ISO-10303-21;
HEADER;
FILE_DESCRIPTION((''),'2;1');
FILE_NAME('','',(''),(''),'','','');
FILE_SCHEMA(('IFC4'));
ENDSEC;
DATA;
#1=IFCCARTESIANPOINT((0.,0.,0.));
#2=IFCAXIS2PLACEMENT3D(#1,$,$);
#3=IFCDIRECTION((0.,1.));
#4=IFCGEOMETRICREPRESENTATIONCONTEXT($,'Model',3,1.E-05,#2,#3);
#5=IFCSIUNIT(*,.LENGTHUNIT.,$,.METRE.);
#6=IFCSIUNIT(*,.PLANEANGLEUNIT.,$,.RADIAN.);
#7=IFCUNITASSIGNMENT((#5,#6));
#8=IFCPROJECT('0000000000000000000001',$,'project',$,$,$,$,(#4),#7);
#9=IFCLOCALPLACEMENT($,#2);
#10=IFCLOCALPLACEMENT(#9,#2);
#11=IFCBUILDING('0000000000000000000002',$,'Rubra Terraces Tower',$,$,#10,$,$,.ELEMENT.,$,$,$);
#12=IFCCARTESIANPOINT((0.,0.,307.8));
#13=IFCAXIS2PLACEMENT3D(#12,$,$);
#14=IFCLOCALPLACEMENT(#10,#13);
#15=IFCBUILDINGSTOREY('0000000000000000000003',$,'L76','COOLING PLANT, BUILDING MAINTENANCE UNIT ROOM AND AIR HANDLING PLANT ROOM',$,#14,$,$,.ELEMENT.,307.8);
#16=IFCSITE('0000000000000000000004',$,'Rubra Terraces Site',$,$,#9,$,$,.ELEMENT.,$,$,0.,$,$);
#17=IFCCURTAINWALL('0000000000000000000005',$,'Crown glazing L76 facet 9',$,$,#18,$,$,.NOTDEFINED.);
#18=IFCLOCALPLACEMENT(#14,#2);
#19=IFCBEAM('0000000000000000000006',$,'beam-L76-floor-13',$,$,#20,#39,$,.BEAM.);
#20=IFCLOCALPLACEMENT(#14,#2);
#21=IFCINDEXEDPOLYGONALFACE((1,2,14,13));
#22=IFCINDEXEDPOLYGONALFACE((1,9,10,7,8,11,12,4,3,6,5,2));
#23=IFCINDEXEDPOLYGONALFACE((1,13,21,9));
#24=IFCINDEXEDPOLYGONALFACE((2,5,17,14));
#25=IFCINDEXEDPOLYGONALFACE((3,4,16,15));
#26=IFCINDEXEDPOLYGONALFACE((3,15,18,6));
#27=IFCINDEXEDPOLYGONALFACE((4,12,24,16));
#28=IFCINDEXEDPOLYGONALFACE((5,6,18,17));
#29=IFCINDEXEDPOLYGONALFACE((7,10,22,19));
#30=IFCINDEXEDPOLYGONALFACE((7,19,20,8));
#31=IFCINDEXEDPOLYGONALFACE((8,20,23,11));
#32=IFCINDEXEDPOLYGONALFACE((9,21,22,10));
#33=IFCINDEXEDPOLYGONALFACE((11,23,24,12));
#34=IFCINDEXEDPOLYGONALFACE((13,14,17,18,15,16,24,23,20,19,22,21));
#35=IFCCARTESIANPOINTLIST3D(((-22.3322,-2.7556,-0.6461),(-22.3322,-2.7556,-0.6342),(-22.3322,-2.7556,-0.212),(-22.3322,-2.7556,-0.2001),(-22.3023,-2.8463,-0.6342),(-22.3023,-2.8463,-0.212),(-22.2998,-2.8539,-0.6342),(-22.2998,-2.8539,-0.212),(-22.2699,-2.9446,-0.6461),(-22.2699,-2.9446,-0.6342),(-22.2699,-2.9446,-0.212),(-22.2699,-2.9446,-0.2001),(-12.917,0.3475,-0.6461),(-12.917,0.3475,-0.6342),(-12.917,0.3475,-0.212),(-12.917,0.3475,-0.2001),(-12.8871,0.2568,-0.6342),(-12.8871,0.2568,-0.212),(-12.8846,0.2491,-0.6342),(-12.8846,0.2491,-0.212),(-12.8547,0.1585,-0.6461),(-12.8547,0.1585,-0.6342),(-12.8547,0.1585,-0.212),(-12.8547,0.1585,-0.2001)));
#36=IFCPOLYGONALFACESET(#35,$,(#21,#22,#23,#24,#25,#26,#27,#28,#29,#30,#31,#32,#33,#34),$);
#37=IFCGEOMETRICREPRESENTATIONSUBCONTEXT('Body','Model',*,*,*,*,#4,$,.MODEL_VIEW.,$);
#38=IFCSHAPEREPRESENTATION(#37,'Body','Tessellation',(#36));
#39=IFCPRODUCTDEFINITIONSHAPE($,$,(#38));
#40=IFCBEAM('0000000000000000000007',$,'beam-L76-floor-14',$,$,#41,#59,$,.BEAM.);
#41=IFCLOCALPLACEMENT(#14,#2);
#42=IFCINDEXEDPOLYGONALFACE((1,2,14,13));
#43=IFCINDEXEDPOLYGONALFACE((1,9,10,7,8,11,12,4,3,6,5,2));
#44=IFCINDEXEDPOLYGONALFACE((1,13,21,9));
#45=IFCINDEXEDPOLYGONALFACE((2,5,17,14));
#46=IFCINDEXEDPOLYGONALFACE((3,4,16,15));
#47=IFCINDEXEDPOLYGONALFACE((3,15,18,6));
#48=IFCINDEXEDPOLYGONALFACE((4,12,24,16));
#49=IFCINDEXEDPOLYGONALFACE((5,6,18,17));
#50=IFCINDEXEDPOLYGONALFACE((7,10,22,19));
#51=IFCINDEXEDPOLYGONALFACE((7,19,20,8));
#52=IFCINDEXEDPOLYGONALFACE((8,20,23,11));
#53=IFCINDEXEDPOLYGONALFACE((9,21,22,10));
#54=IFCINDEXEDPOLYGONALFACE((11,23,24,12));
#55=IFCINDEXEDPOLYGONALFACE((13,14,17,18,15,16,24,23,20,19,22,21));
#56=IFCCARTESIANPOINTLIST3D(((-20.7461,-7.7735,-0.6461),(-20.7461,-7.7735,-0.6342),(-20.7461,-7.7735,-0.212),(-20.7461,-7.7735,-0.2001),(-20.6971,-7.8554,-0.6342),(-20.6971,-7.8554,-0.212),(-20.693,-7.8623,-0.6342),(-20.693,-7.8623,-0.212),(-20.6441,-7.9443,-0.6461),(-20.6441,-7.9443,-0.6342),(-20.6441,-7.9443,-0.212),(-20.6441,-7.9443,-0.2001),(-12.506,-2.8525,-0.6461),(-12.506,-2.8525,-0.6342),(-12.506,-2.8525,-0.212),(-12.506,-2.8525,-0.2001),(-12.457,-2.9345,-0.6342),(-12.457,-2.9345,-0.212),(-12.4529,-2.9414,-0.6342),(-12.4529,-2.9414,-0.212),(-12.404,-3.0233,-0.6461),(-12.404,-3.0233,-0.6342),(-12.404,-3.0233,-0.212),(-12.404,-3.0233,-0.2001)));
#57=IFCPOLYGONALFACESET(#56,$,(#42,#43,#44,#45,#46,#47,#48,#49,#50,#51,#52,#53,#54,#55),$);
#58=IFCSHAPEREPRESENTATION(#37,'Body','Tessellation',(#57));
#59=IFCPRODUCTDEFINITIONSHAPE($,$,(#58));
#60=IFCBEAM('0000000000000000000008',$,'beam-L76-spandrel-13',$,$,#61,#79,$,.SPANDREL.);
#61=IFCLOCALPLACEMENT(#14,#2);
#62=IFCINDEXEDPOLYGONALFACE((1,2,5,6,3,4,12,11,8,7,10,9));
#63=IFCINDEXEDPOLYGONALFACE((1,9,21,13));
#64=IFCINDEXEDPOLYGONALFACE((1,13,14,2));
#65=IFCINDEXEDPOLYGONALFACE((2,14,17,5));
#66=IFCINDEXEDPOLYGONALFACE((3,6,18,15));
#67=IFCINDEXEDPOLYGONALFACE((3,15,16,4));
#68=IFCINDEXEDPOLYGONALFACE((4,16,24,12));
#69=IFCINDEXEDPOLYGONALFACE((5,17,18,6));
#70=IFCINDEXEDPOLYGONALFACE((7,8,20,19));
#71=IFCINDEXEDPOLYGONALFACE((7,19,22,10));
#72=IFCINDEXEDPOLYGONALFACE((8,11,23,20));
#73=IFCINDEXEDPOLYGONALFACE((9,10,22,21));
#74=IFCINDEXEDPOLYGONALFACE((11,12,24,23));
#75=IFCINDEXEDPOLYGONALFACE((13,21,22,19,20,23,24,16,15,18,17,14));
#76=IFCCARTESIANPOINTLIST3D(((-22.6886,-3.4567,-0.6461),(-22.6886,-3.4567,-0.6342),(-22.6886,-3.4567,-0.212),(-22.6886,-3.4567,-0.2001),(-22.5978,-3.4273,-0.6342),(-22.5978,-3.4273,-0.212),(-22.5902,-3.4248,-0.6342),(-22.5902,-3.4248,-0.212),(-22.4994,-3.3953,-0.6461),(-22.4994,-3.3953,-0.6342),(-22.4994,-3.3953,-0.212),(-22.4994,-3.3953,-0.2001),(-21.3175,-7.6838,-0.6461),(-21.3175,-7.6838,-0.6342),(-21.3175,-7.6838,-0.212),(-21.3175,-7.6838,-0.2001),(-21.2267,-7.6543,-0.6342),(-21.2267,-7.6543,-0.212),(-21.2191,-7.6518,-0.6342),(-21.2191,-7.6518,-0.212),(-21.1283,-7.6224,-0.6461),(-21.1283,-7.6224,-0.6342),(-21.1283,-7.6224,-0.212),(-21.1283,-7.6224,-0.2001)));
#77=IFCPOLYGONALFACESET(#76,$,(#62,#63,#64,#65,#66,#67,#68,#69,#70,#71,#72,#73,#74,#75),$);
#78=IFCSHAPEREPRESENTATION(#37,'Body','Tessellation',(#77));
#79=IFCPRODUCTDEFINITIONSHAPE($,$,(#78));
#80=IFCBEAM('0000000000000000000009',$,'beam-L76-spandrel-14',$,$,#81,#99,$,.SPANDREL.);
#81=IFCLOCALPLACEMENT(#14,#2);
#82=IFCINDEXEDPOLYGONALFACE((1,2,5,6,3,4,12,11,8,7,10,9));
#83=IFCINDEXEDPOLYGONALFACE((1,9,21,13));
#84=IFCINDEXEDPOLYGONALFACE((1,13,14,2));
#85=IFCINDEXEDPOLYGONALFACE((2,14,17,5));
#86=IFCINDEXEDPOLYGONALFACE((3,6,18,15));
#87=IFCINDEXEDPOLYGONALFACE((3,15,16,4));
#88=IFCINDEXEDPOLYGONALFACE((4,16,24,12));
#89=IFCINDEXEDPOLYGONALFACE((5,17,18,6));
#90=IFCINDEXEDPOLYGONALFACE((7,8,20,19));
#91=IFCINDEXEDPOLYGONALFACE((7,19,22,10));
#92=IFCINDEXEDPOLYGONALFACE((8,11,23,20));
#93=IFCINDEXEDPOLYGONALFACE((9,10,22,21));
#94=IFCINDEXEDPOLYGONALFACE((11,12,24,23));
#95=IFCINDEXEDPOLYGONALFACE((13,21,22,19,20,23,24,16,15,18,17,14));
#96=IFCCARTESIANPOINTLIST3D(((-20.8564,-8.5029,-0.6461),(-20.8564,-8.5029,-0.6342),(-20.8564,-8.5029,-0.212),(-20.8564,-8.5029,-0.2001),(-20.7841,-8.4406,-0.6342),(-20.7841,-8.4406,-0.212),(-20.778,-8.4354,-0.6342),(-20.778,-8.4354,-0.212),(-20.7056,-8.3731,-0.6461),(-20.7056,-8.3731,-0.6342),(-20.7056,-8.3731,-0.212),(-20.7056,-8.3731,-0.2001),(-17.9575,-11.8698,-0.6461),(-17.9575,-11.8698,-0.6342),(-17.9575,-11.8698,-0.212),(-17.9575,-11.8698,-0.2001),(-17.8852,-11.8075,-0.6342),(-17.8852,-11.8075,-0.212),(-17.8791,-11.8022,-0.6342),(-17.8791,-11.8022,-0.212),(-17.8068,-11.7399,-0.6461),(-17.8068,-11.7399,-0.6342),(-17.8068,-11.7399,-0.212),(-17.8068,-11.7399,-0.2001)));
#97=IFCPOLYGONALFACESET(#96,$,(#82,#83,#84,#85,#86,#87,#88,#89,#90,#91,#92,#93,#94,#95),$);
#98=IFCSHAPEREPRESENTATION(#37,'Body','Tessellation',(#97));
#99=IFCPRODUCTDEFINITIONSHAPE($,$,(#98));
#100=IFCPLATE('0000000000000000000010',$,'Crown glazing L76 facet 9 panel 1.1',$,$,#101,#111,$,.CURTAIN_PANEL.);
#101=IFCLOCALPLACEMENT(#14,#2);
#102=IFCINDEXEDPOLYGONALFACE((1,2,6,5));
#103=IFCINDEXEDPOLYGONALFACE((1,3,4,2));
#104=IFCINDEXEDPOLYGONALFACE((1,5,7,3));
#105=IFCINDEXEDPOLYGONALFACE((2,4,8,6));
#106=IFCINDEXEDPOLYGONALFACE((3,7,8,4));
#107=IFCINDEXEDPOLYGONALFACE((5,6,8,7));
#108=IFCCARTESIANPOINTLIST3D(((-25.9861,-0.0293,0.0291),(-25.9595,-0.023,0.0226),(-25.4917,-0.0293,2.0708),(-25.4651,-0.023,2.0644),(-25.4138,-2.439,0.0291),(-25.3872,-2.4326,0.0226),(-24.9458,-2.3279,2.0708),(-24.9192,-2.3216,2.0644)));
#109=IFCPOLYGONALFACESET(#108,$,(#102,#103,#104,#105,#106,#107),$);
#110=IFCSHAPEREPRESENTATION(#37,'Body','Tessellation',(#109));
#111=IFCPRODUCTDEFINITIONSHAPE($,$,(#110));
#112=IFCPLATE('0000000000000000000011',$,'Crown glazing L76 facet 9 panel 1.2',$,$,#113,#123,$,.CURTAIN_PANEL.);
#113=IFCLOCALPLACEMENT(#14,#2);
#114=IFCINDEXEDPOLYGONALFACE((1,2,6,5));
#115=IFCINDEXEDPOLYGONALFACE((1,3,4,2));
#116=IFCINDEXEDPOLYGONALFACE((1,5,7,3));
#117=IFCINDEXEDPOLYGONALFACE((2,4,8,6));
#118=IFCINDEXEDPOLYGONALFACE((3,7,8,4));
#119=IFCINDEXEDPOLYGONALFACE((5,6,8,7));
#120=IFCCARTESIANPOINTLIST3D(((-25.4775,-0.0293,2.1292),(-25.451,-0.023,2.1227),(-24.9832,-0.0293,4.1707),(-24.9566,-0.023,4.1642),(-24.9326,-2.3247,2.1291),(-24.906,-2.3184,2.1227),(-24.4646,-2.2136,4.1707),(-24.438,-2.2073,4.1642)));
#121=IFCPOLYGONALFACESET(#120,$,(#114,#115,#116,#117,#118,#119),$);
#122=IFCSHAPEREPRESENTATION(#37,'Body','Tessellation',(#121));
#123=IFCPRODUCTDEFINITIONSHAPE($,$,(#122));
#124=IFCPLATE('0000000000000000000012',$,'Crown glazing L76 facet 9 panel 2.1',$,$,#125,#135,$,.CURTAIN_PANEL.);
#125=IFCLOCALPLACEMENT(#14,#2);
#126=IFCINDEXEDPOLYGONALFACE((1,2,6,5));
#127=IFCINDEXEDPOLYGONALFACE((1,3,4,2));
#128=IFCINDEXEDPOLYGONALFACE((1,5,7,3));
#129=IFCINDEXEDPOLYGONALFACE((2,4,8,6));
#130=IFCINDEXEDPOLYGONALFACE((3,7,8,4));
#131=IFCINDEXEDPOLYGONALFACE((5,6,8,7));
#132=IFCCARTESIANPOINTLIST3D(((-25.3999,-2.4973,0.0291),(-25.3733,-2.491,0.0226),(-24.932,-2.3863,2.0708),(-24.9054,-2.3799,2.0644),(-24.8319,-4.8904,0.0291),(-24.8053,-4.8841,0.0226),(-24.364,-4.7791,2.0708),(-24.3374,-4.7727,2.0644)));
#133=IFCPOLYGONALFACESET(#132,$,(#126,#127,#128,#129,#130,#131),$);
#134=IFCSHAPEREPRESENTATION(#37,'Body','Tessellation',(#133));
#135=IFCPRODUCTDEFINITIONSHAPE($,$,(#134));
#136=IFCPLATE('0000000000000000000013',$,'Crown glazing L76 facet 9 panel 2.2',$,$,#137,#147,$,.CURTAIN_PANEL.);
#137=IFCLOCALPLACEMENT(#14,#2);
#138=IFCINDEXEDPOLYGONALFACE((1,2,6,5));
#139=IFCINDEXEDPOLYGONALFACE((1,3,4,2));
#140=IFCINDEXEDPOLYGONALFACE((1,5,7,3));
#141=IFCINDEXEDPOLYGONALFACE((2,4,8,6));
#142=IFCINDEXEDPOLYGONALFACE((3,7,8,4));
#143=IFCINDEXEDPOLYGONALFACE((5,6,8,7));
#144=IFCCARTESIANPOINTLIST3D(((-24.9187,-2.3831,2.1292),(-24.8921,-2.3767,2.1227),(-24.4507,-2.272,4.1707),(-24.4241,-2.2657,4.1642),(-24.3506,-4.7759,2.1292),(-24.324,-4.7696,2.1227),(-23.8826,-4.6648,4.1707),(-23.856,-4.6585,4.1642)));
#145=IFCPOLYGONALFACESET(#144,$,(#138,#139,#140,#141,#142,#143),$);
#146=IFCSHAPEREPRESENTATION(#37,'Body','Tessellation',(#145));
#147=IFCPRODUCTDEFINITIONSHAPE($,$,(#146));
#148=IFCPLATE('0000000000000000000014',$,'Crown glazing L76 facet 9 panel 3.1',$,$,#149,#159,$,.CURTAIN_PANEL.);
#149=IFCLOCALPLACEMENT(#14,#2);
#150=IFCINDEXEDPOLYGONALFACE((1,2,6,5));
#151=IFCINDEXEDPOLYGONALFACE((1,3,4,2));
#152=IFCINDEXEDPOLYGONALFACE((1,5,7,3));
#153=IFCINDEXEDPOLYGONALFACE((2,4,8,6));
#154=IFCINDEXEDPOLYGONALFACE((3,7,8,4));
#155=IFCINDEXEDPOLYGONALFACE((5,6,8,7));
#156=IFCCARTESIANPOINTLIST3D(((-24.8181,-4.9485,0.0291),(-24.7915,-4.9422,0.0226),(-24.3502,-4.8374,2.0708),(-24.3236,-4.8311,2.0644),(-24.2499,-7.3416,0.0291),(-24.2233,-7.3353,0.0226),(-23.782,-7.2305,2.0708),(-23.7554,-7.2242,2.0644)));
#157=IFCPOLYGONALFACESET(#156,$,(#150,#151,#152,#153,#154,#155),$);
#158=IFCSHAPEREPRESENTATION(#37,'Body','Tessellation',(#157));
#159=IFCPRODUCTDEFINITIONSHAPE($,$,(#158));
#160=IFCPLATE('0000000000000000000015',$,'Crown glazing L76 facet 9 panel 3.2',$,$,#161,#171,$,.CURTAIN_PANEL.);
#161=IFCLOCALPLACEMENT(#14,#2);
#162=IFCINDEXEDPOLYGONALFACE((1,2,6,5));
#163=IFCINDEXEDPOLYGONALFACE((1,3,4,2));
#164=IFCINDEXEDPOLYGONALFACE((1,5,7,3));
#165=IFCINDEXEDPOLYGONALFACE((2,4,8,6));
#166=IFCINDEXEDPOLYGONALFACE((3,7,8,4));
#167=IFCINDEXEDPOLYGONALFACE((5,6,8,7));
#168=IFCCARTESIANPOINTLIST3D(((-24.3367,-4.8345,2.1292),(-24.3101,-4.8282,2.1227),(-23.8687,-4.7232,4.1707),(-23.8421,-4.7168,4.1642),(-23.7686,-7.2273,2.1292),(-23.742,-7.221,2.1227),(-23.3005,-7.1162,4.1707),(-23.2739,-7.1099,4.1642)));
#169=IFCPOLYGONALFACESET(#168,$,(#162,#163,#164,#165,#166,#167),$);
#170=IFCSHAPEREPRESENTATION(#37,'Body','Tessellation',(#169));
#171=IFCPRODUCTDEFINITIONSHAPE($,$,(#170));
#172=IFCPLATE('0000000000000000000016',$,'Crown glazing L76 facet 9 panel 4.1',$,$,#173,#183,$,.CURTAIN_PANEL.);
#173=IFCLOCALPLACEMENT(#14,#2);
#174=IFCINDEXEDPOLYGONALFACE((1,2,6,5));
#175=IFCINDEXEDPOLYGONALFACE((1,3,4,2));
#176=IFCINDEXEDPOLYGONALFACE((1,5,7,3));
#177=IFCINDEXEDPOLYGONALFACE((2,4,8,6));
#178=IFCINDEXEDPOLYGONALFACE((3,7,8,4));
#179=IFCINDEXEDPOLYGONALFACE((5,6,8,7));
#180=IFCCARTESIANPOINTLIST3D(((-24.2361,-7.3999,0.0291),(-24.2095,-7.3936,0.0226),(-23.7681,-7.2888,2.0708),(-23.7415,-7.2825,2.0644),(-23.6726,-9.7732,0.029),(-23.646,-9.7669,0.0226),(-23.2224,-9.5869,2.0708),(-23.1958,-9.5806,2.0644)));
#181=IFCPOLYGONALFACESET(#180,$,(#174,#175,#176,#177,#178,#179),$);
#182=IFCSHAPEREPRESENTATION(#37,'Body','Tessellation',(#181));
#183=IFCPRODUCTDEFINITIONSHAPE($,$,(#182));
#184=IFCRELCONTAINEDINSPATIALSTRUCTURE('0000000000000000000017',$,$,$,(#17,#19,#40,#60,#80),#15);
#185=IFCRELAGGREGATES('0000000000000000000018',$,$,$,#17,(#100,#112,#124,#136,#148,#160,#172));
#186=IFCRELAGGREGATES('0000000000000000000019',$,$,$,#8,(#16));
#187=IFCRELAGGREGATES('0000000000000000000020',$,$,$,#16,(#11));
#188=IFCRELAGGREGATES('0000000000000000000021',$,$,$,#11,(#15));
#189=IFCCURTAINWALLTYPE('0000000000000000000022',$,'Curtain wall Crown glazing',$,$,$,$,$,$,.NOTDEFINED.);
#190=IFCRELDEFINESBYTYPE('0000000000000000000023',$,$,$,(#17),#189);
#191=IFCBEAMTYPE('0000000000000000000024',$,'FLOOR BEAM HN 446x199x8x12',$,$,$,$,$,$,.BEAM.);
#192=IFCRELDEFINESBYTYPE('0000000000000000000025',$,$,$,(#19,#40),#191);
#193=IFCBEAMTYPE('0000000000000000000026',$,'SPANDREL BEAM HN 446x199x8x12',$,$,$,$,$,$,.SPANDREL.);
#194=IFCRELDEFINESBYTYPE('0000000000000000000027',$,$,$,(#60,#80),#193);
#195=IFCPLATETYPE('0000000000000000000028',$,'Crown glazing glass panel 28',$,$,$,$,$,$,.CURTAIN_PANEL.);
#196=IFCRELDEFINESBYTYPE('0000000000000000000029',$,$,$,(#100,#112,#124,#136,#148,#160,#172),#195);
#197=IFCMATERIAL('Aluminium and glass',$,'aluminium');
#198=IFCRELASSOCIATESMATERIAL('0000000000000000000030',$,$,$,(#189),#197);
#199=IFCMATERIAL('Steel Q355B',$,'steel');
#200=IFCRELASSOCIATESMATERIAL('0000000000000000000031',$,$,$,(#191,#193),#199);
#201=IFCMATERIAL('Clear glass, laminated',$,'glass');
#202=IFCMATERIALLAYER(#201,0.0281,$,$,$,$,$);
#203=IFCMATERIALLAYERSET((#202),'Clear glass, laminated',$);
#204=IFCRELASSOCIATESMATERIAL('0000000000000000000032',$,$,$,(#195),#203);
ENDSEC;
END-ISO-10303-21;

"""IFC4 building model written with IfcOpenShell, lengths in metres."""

from ifc_helpers import new_model, si_unit, direction, frame, origin, origin_2d, place, context, subcontext, project, spatial, polyline, i_section, outline, extrude, material, layer, layer_set, material_profile, profile_set, type_object, element, aggregate, save


model = new_model("IFC4")

# Units and contexts
model_context = context("Model", 3, precision=1e-05, world=origin(), true_north=direction((0.0, 1.0)))
body_context = subcontext(model_context, "Body", "Model", "MODEL_VIEW")
ifc_project = project(units=[si_unit("LENGTHUNIT", "METRE"), si_unit("PLANEANGLEUNIT", "RADIAN")], contexts=[model_context])

# Site, building, storey
site_placement = place(None, origin())
site = spatial("IfcSite", under=ifc_project, at=site_placement, Name="Rubra Terraces Site", CompositionType="ELEMENT", RefElevation=0.0)
building_placement = place(site_placement, origin())
building = spatial("IfcBuilding", under=site, at=building_placement, Name="Rubra Terraces Tower", CompositionType="ELEMENT")
storey_placement = place(building_placement, frame((0.0, 0.0, 307.8)))
storey = spatial("IfcBuildingStorey", under=building, at=storey_placement, Name="L76", Description="COOLING PLANT, BUILDING MAINTENANCE UNIT ROOM AND AIR HANDLING PLANT ROOM", CompositionType="ELEMENT", Elevation=307.8)

# Shared definitions
ifc_material_1 = material(Name="Steel Q355B", Category="steel")

# Curtain wall
ifc_material_2 = material(Name="Aluminium and glass", Category="aluminium")
curtain_wall_type = type_object("IfcCurtainWallType", Name="Curtain wall Crown glazing", PredefinedType="NOTDEFINED", material=ifc_material_2)
curtain_wall_placement = place(storey_placement, origin())
curtain_wall = element("IfcCurtainWall", 1, at=curtain_wall_placement, inside=storey, type_object=curtain_wall_type, Name="Crown glazing L76 facet 9", PredefinedType="NOTDEFINED")

# Beams
ifc_material_profile_1 = material_profile(ifc_material_1, i_section(OverallWidth=0.199, OverallDepth=0.446, WebThickness=0.0081, FlangeThickness=0.012, at=origin_2d()), Name="HN 446x199x8x12")
ifc_profile_set_1 = profile_set([ifc_material_profile_1], Name="Steel Q355B")
beam_type_1 = type_object("IfcBeamType", Name="FLOOR BEAM HN 446x199x8x12", PredefinedType="BEAM", material=ifc_profile_set_1)
beam_1_placement = place(storey_placement, frame((-22.301, -2.8501, -0.4231), z_axis=(0.949747, 0.313019, 0.0), x_axis=(-0.313019, 0.949747, 0.0)))
element("IfcBeam", 2, at=beam_1_placement, inside=storey, type_object=beam_type_1, Name="beam-L76-floor-13", PredefinedType="BEAM", context=body_context, shape_type="SweptSolid", body=[
    extrude(i_section(OverallWidth=0.199, OverallDepth=0.446, WebThickness=0.0081, FlangeThickness=0.012, at=origin_2d()), origin(), (0.0, 0.0, 1.0), 9.9133),
])
beam_2_placement = place(storey_placement, frame((-20.6951, -7.8589, -0.4231), z_axis=(0.858553, 0.512725, 0.0), x_axis=(-0.512725, 0.858553, 0.0)))
element("IfcBeam", 3, at=beam_2_placement, inside=storey, type_object=beam_type_1, Name="beam-L76-floor-14", PredefinedType="BEAM", context=body_context, shape_type="SweptSolid", body=[
    extrude(i_section(OverallWidth=0.199, OverallDepth=0.446, WebThickness=0.0081, FlangeThickness=0.012, at=origin_2d()), origin(), (0.0, 0.0, 1.0), 9.5977),
])
ifc_material_profile_2 = material_profile(ifc_material_1, i_section(OverallWidth=0.199, OverallDepth=0.446, WebThickness=0.0081, FlangeThickness=0.012, at=origin_2d()), Name="HN 446x199x8x12")
ifc_profile_set_2 = profile_set([ifc_material_profile_2], Name="Steel Q355B")
beam_type_2 = type_object("IfcBeamType", Name="SPANDREL BEAM HN 446x199x8x12", PredefinedType="SPANDREL", material=ifc_profile_set_2)
beam_3_placement = place(storey_placement, frame((-22.594, -3.426, -0.4231), z_axis=(0.308537, -0.951212, 0.0), x_axis=(0.951212, 0.308537, 0.0)))
element("IfcBeam", 4, at=beam_3_placement, inside=storey, type_object=beam_type_2, Name="beam-L76-spandrel-13", PredefinedType="SPANDREL", context=body_context, shape_type="SweptSolid", body=[
    extrude(i_section(OverallWidth=0.199, OverallDepth=0.446, WebThickness=0.0081, FlangeThickness=0.012, at=origin_2d()), origin(), (0.0, 0.0, 1.0), 4.4438),
])
beam_4_placement = place(storey_placement, frame((-20.781, -8.438, -0.4231), z_axis=(0.652473, -0.757812, 0.0), x_axis=(0.757812, 0.652473, 0.0)))
element("IfcBeam", 5, at=beam_4_placement, inside=storey, type_object=beam_type_2, Name="beam-L76-spandrel-14", PredefinedType="SPANDREL", context=body_context, shape_type="SweptSolid", body=[
    extrude(i_section(OverallWidth=0.199, OverallDepth=0.446, WebThickness=0.0081, FlangeThickness=0.012, at=origin_2d()), origin(), (0.0, 0.0, 1.0), 4.4429),
])

# Plates
ifc_material_3 = material(Name="Clear glass, laminated", Category="glass")
ifc_layer_1 = layer(ifc_material_3, 0.0281)
ifc_layer_set_1 = layer_set([ifc_layer_1], Name="Clear glass, laminated")
plate_type = type_object("IfcPlateType", Name="Crown glazing glass panel 28", PredefinedType="CURTAIN_PANEL", material=ifc_layer_set_1)
plate_1_placement = place(storey_placement, frame((-25.9861, -0.0293, 0.0291), z_axis=(-0.947013, -0.224906, 0.229311), x_axis=(0.231063, -0.972939, -0.000001)))
plate_1 = element("IfcPlate", 6, at=plate_1_placement, type_object=plate_type, Name="Crown glazing L76 facet 9 panel 1.1", PredefinedType="CURTAIN_PANEL", context=body_context, shape_type="SweptSolid", body=[
    extrude(outline(polyline([(0.0, 0.0), (2.4767, 0.0), (2.4768, 2.0976), (0.1142, 2.0976), (0.0, 0.0)])), origin(), (0.0, 0.0, -1.0), 0.0281),
])
plate_2_placement = place(storey_placement, frame((-25.4775, -0.0293, 2.1292), z_axis=(-0.947026, -0.224821, 0.229339), x_axis=(0.230978, -0.972959, 0.0)))
plate_2 = element("IfcPlate", 7, at=plate_2_placement, type_object=plate_type, Name="Crown glazing L76 facet 9 panel 1.2", PredefinedType="CURTAIN_PANEL", context=body_context, shape_type="SweptSolid", body=[
    extrude(outline(polyline([(0.0, 0.0), (2.3592, 0.0), (2.3592, 2.0974), (0.1142, 2.0974), (0.0, 0.0)])), origin(), (0.0, 0.0, -1.0), 0.0281),
])
plate_3_placement = place(storey_placement, frame((-25.3999, -2.4973, 0.0291), z_axis=(-0.947049, -0.224793, 0.229273), x_axis=(0.230947, -0.972966, 0.000008)))
plate_3 = element("IfcPlate", 8, at=plate_3_placement, type_object=plate_type, Name="Crown glazing L76 facet 9 panel 2.1", PredefinedType="CURTAIN_PANEL", context=body_context, shape_type="SweptSolid", body=[
    extrude(outline(polyline([(0.0, 0.0), (2.4596, 0.0), (2.4593, 2.0976), (0.0, 2.0976), (0.0, 0.0)])), origin(), (0.0, 0.0, -1.0), 0.0281),
])
plate_4_placement = place(storey_placement, frame((-24.9187, -2.3831, 2.1292), z_axis=(-0.94702, -0.224846, 0.22934), x_axis=(0.231003, -0.972953, 0.0)))
plate_4 = element("IfcPlate", 9, at=plate_4_placement, type_object=plate_type, Name="Crown glazing L76 facet 9 panel 2.2", PredefinedType="CURTAIN_PANEL", context=body_context, shape_type="SweptSolid", body=[
    extrude(outline(polyline([(0.0, 0.0), (2.4593, 0.0), (2.4594, 2.0974), (0.0, 2.0974), (0.0, 0.0)])), origin(), (0.0, 0.0, -1.0), 0.0281),
])
plate_5_placement = place(storey_placement, frame((-24.8181, -4.9485, 0.0291), z_axis=(-0.947033, -0.224874, 0.229261), x_axis=(0.23103, -0.972947, 0.000011)))
plate_5 = element("IfcPlate", 10, at=plate_5_placement, type_object=plate_type, Name="Crown glazing L76 facet 9 panel 3.1", PredefinedType="CURTAIN_PANEL", context=body_context, shape_type="SweptSolid", body=[
    extrude(outline(polyline([(0.0, 0.0), (2.4596, 0.0), (2.4596, 2.0976), (0.0001, 2.0976), (0.0, 0.0)])), origin(), (0.0, 0.0, -1.0), 0.0281),
])
plate_6_placement = place(storey_placement, frame((-24.3367, -4.8345, 2.1292), z_axis=(-0.94702, -0.224834, 0.229353), x_axis=(0.230993, -0.972956, 0.000003)))
plate_6 = element("IfcPlate", 11, at=plate_6_placement, type_object=plate_type, Name="Crown glazing L76 facet 9 panel 3.2", PredefinedType="CURTAIN_PANEL", context=body_context, shape_type="SweptSolid", body=[
    extrude(outline(polyline([(0.0, 0.0), (2.4593, 0.0), (2.4594, 2.0974), (-0.0002, 2.0974), (0.0, 0.0)])), origin(), (0.0, 0.0, -1.0), 0.0281),
])
plate_7_placement = place(storey_placement, frame((-24.2361, -7.3999, 0.0291), z_axis=(-0.947023, -0.224852, 0.229321), x_axis=(0.231008, -0.972952, -0.000001)))
plate_7 = element("IfcPlate", 12, at=plate_7_placement, type_object=plate_type, Name="Crown glazing L76 facet 9 panel 4.1", PredefinedType="CURTAIN_PANEL", context=body_context, shape_type="SweptSolid", body=[
    extrude(outline(polyline([(0.0, 0.0), (2.4393, 0.0), (2.362, 2.0977), (0.0, 2.0976), (0.0, 0.0)])), origin(), (0.0, 0.0, -1.0), 0.0281),
])
aggregate(curtain_wall, [plate_1, plate_2, plate_3, plate_4, plate_5, plate_6, plate_7])

save(model, "model.ifc")
